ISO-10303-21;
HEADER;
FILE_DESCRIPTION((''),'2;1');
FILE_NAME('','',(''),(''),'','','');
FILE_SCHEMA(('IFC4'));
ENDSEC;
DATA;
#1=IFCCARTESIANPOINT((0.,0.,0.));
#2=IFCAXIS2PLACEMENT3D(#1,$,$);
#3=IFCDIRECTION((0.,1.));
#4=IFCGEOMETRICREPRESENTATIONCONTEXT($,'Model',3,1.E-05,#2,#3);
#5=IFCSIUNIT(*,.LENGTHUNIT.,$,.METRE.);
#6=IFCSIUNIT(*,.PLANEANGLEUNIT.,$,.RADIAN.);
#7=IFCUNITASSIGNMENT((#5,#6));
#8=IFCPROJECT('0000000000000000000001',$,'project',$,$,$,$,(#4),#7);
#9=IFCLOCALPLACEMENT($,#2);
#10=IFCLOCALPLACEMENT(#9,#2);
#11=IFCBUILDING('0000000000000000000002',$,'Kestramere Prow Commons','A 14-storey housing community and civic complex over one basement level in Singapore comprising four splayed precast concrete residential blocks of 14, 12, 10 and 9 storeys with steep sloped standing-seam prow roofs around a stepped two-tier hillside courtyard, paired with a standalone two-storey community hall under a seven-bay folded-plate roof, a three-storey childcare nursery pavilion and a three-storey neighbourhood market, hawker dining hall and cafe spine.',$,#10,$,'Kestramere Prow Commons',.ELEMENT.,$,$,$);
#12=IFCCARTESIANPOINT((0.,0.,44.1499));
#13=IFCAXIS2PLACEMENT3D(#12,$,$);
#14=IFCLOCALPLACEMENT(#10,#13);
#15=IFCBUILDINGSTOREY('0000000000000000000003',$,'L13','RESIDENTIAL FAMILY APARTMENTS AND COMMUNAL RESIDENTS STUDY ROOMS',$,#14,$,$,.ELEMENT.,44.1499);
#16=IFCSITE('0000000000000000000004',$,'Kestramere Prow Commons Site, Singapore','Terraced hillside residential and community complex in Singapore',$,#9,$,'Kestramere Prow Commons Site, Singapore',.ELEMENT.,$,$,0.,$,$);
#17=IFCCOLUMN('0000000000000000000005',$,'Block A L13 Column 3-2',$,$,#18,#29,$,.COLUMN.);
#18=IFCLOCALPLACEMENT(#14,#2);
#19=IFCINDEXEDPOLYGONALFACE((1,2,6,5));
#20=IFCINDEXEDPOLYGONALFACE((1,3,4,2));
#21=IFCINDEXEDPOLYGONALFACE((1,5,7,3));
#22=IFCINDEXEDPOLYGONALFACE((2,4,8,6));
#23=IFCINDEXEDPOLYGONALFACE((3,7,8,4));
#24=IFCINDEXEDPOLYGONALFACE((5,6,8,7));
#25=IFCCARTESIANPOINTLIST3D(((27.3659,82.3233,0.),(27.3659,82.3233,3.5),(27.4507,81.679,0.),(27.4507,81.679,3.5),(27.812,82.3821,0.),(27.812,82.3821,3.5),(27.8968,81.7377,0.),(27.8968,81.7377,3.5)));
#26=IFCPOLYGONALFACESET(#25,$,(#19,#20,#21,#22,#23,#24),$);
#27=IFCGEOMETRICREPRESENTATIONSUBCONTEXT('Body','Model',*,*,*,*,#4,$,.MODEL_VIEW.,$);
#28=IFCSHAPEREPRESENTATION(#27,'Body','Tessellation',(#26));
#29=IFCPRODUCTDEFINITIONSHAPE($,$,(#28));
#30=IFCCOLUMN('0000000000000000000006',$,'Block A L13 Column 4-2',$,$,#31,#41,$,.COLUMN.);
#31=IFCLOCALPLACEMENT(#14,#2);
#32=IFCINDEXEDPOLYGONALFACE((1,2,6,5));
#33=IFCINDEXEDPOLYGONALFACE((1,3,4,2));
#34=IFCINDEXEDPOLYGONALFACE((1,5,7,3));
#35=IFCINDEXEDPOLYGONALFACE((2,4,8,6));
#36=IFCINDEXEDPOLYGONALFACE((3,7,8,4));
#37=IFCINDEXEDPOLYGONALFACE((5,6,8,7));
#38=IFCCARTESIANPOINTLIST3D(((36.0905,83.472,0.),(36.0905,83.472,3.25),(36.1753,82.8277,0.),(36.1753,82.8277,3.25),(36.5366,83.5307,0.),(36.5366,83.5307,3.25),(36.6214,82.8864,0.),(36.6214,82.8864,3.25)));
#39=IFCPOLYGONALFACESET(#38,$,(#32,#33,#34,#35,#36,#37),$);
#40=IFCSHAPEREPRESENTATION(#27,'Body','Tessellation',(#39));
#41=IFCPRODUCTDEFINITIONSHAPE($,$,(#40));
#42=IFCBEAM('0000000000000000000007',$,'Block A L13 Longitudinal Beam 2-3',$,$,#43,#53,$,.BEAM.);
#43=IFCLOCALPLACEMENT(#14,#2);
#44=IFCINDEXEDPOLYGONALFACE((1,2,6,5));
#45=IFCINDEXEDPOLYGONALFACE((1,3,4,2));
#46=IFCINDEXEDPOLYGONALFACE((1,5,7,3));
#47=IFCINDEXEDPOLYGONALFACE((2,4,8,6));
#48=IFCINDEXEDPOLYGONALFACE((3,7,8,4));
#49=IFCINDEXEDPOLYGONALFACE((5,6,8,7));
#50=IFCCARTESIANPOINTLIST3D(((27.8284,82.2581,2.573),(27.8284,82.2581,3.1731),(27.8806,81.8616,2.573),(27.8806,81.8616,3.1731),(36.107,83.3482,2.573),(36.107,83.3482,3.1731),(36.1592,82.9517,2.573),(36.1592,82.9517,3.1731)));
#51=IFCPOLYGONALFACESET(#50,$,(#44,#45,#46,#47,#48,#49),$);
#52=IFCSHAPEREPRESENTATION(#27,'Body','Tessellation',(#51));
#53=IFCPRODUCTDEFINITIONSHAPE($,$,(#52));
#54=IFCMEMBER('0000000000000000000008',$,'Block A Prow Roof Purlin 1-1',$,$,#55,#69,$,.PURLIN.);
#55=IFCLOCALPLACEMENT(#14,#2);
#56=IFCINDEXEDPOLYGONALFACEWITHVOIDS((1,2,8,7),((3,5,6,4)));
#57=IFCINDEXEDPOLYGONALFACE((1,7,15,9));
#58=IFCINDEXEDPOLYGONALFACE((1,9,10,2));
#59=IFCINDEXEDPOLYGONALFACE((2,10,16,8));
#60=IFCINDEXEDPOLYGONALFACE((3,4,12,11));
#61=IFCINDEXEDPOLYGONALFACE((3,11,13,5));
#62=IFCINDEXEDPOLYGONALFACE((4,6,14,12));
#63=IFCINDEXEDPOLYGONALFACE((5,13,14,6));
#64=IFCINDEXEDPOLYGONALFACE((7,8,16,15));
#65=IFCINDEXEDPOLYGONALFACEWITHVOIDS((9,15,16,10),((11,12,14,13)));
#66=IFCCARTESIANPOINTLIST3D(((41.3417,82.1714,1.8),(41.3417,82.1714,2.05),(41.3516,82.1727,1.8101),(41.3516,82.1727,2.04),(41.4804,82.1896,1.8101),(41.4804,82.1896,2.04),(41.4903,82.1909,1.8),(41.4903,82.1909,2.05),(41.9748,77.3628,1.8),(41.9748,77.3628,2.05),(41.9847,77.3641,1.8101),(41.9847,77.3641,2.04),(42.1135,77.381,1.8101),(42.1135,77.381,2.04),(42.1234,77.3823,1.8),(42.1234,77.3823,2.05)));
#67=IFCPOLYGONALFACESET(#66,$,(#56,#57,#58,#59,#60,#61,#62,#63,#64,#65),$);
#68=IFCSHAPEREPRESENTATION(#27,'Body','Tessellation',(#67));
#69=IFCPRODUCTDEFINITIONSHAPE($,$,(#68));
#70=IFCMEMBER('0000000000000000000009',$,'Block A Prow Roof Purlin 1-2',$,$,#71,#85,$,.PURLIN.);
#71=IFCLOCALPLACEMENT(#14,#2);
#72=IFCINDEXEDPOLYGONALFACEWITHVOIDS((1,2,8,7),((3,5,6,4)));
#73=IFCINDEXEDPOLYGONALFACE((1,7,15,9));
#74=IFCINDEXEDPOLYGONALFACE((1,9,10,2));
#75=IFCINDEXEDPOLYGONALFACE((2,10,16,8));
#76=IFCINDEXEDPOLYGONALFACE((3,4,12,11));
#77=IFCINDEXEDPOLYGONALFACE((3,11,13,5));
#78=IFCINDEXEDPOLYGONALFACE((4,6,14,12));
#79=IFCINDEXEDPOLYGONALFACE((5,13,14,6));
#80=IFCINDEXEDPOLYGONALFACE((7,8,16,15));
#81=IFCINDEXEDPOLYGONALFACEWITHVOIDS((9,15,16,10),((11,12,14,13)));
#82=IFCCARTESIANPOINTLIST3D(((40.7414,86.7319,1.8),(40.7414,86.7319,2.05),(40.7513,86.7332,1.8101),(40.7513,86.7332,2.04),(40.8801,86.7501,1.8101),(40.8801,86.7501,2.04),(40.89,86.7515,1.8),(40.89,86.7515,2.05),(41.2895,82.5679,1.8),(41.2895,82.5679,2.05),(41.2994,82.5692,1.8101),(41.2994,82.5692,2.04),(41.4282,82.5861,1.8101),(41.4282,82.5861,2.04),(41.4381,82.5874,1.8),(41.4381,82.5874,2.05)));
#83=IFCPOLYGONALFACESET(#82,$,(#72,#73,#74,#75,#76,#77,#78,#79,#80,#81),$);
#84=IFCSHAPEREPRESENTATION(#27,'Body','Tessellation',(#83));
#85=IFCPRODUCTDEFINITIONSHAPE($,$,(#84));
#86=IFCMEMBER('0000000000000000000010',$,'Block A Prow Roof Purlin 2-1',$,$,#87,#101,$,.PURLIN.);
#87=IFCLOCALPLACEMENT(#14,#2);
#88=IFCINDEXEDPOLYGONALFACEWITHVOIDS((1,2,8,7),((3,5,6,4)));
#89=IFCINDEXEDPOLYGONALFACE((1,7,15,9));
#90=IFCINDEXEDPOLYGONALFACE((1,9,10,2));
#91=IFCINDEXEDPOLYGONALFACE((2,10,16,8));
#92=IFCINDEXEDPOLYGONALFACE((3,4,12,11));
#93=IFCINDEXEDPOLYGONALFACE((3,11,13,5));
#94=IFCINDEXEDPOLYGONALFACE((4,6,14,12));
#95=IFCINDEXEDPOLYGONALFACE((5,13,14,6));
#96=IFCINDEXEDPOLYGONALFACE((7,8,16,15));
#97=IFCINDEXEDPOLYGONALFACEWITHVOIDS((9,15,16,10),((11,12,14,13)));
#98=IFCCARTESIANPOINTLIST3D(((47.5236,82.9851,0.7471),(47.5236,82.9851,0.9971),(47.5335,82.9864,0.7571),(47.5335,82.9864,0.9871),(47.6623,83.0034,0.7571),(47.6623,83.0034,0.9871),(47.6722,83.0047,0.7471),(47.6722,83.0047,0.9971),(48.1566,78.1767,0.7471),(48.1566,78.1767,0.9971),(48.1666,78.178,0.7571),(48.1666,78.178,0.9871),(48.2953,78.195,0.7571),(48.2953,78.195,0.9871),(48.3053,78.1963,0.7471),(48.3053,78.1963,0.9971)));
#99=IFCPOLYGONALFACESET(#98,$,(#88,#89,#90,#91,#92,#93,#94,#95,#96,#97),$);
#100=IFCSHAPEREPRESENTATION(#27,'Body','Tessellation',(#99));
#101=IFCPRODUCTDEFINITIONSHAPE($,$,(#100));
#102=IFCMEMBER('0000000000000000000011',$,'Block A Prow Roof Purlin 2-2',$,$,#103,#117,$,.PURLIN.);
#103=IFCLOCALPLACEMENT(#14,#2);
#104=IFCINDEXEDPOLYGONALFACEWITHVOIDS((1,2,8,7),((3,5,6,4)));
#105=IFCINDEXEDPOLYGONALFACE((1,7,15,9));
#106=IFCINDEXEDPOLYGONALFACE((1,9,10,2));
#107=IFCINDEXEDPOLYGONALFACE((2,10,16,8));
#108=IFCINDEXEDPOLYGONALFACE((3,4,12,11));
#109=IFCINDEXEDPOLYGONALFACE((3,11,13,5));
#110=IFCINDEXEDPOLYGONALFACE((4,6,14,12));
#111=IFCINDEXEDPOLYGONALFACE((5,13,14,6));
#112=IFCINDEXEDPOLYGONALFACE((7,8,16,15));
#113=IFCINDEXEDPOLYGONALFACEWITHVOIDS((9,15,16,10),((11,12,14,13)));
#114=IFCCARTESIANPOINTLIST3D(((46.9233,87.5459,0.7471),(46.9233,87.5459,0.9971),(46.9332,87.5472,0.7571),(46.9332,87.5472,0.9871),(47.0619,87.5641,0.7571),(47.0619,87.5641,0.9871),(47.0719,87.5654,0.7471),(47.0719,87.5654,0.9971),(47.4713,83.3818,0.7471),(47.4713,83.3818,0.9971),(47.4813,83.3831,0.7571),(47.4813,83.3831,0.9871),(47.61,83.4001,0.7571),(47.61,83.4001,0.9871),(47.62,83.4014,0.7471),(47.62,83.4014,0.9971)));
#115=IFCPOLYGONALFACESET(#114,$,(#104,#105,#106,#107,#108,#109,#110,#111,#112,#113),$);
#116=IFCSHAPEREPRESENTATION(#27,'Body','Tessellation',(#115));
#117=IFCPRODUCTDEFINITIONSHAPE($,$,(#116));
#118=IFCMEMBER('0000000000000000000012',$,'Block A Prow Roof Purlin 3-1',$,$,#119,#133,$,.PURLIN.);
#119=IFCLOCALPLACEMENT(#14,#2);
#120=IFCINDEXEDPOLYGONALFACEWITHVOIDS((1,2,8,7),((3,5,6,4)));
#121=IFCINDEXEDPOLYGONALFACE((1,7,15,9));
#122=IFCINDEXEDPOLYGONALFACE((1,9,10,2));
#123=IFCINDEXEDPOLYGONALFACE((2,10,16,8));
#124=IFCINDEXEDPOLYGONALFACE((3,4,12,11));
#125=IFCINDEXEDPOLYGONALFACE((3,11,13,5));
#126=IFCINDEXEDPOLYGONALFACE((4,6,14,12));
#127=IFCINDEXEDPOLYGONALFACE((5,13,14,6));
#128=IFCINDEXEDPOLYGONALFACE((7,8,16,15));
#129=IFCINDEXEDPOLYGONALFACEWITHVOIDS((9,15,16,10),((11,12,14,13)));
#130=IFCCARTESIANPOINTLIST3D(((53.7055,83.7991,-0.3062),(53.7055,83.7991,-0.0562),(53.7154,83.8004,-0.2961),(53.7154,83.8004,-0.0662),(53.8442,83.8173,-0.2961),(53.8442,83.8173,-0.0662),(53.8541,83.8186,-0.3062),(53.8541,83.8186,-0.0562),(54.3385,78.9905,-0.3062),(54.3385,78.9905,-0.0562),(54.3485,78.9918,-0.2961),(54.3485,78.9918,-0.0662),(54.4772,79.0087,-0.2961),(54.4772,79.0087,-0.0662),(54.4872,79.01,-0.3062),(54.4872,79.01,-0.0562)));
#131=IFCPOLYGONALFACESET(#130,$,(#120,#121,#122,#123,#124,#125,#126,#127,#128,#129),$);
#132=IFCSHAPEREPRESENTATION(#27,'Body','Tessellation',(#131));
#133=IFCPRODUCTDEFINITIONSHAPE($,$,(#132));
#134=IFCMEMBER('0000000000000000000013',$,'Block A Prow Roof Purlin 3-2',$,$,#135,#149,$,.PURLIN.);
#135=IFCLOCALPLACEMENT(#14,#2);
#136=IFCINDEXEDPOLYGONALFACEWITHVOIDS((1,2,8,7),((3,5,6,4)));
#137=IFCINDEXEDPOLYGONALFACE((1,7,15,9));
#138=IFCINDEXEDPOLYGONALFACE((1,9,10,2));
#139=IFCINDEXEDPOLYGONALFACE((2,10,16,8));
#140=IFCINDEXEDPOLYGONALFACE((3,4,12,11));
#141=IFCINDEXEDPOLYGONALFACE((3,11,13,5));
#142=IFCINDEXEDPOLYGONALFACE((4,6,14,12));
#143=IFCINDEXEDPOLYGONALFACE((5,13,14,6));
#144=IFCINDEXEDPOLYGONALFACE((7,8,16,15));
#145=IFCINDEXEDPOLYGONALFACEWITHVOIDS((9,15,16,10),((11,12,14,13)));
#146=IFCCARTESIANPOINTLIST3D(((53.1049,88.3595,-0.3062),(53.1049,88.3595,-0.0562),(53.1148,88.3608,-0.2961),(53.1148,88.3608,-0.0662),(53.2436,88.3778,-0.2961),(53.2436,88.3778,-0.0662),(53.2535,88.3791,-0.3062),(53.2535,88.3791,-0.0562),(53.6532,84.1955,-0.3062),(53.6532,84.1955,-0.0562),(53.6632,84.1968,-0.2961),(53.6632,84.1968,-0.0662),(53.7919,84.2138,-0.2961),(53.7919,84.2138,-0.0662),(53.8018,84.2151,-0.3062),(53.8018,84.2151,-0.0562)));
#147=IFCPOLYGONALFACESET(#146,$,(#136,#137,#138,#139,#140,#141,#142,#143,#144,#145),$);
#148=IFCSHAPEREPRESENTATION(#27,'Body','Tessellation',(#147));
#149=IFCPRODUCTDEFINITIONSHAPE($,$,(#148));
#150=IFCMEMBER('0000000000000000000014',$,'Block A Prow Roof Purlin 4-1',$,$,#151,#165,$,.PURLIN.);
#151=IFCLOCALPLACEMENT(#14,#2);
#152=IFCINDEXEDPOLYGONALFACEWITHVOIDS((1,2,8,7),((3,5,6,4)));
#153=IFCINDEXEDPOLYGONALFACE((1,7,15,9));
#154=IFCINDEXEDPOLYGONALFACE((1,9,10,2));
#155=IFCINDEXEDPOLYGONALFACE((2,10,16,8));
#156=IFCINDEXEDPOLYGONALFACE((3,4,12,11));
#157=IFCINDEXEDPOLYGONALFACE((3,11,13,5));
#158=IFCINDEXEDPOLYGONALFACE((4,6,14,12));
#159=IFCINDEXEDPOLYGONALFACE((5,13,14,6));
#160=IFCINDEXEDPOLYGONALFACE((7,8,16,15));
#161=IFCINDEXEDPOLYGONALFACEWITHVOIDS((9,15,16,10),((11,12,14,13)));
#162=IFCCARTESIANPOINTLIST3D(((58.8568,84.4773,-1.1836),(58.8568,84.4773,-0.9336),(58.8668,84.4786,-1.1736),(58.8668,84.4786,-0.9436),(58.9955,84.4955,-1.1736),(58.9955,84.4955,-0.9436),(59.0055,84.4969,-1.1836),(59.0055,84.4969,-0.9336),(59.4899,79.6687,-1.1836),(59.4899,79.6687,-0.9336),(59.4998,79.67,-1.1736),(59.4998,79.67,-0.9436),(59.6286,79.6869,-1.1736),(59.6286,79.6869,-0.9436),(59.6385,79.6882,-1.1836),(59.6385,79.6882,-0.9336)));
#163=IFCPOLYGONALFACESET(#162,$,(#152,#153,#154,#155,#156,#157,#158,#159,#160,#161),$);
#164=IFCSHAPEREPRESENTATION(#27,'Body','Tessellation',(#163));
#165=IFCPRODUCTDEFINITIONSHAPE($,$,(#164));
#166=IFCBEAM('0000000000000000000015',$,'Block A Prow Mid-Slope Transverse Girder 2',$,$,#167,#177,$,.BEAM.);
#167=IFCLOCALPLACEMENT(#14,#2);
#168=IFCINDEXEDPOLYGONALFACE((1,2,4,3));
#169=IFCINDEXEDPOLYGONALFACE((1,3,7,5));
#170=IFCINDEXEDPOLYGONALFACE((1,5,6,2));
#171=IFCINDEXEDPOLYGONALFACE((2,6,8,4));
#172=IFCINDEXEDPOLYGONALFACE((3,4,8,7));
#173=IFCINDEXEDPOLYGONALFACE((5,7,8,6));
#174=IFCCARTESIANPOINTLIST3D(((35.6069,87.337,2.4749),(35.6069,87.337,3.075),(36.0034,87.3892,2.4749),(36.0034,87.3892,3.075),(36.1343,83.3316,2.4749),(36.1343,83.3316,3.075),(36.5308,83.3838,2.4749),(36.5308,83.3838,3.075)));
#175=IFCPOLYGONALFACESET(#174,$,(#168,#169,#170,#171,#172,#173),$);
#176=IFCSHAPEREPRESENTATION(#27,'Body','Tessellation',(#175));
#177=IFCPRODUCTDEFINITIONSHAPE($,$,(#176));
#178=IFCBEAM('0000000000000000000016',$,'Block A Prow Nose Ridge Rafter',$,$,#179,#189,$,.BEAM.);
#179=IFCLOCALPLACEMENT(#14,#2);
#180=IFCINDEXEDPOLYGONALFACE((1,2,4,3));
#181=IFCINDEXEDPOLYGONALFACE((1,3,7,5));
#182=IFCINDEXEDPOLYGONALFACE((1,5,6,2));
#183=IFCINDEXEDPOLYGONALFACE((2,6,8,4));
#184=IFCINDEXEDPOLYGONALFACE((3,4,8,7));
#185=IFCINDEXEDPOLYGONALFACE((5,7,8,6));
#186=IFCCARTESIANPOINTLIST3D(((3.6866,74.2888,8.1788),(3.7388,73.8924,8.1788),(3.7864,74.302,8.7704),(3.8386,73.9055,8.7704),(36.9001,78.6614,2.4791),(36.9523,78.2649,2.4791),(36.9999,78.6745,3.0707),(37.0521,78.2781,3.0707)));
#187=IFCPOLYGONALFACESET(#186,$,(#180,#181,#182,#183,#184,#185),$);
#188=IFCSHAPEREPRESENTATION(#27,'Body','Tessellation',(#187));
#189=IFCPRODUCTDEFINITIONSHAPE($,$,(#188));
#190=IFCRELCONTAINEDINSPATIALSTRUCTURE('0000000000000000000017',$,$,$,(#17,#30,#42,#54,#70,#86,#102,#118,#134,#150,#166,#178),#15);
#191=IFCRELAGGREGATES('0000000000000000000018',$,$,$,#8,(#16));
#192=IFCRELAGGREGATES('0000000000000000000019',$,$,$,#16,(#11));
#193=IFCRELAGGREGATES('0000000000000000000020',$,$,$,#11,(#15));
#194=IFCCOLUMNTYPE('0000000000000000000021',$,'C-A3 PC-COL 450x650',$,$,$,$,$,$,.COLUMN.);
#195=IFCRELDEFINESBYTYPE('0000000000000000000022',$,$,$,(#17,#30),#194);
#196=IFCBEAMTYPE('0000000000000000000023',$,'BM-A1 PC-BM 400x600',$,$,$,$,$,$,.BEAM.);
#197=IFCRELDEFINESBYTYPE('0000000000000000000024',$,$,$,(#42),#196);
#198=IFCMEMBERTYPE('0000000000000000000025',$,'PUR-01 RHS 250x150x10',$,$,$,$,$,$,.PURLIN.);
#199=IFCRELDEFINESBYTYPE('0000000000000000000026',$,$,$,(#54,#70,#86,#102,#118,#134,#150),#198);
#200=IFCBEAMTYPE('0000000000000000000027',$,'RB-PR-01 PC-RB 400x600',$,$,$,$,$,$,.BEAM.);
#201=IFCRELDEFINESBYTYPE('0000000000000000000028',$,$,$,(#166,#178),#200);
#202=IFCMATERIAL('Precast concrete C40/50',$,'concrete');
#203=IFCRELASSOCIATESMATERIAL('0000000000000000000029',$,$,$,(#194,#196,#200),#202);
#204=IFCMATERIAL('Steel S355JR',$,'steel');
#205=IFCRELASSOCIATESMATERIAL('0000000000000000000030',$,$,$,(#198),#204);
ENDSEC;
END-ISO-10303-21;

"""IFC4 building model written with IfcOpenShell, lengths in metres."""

from ifc_helpers import new_model, si_unit, direction, frame, origin, origin_2d, place, context, subcontext, project, spatial, rectangle, hollow_rectangle, extrude, material, material_profile, profile_set, type_object, element, save


model = new_model("IFC4")

# Units and contexts
model_context = context("Model", 3, precision=1e-05, world=origin(), true_north=direction((0.0, 1.0)))
body_context = subcontext(model_context, "Body", "Model", "MODEL_VIEW")
ifc_project = project(units=[si_unit("LENGTHUNIT", "METRE"), si_unit("PLANEANGLEUNIT", "RADIAN")], contexts=[model_context])

# Site, building, storey
site_placement = place(None, origin())
site = spatial("IfcSite", under=ifc_project, at=site_placement, Name="Kestramere Prow Commons Site, Singapore", Description="Terraced hillside residential and community complex in Singapore", LongName="Kestramere Prow Commons Site, Singapore", CompositionType="ELEMENT", RefElevation=0.0)
building_placement = place(site_placement, origin())
building = spatial("IfcBuilding", under=site, at=building_placement, Name="Kestramere Prow Commons", Description="A 14-storey housing community and civic complex over one basement level in Singapore comprising four splayed precast concrete residential blocks of 14, 12, 10 and 9 storeys with steep sloped standing-seam prow roofs around a stepped two-tier hillside courtyard, paired with a standalone two-storey community hall under a seven-bay folded-plate roof, a three-storey childcare nursery pavilion and a three-storey neighbourhood market, hawker dining hall and cafe spine.", LongName="Kestramere Prow Commons", CompositionType="ELEMENT")
storey_placement = place(building_placement, frame((0.0, 0.0, 44.1499)))
storey = spatial("IfcBuildingStorey", under=building, at=storey_placement, Name="L13", Description="RESIDENTIAL FAMILY APARTMENTS AND COMMUNAL RESIDENTS STUDY ROOMS", CompositionType="ELEMENT", Elevation=44.1499)

# Columns
ifc_material_1 = material(Name="Precast concrete C40/50", Category="concrete")
ifc_material_profile_1 = material_profile(ifc_material_1, rectangle(XDim=0.45, YDim=0.6499, at=origin_2d()), Name="PC-COL 450x650")
ifc_profile_set_1 = profile_set([ifc_material_profile_1], Name="Precast concrete C40/50")
column_type = type_object("IfcColumnType", Name="C-A3 PC-COL 450x650", PredefinedType="COLUMN", material=ifc_profile_set_1)
column_1_placement = place(storey_placement, frame((27.6313, 82.0305, 0.0), z_axis=(0.0, 0.0, 1.0), x_axis=(0.991445, 0.130526, 0.0)))
element("IfcColumn", 1, at=column_1_placement, inside=storey, type_object=column_type, Name="Block A L13 Column 3-2", PredefinedType="COLUMN", context=body_context, shape_type="SweptSolid", body=[
    extrude(rectangle(XDim=0.45, YDim=0.6499, at=origin_2d()), origin(), (0.0, 0.0, 1.0), 3.5),
])
column_2_placement = place(storey_placement, frame((36.356, 83.1792, 0.0), z_axis=(0.0, 0.0, 1.0), x_axis=(0.991445, 0.130526, 0.0)))
element("IfcColumn", 2, at=column_2_placement, inside=storey, type_object=column_type, Name="Block A L13 Column 4-2", PredefinedType="COLUMN", context=body_context, shape_type="SweptSolid", body=[
    extrude(rectangle(XDim=0.45, YDim=0.6499, at=origin_2d()), origin(), (0.0, 0.0, 1.0), 3.25),
])

# Beam
ifc_material_profile_2 = material_profile(ifc_material_1, rectangle(XDim=0.3999, YDim=0.6001, at=origin_2d()), Name="PC-BM 400x600")
ifc_profile_set_2 = profile_set([ifc_material_profile_2], Name="Precast concrete C40/50")
beam_type_1 = type_object("IfcBeamType", Name="BM-A1 PC-BM 400x600", PredefinedType="BEAM", material=ifc_profile_set_2)
beam_1_placement = place(storey_placement, frame((27.8545, 82.0598, 2.873), z_axis=(0.991442, 0.130549, 0.0), x_axis=(-0.130549, 0.991442, 0.0)))
element("IfcBeam", 3, at=beam_1_placement, inside=storey, type_object=beam_type_1, Name="Block A L13 Longitudinal Beam 2-3", PredefinedType="BEAM", context=body_context, shape_type="SweptSolid", body=[
    extrude(rectangle(XDim=0.3999, YDim=0.6001, at=origin_2d()), origin(), (0.0, 0.0, 1.0), 8.3501),
])

# Members
ifc_material_2 = material(Name="Steel S355JR", Category="steel")
ifc_material_profile_3 = material_profile(ifc_material_2, hollow_rectangle(XDim=0.1499, YDim=0.25, WallThickness=0.01, at=origin_2d()), Name="RHS 250x150x10")
ifc_profile_set_3 = profile_set([ifc_material_profile_3], Name="Steel S355JR")
member_type = type_object("IfcMemberType", Name="PUR-01 RHS 250x150x10", PredefinedType="PURLIN", material=ifc_profile_set_3)
member_1_placement = place(storey_placement, frame((42.0491, 77.3726, 1.925), z_axis=(-0.130525, 0.991445, 0.0), x_axis=(-0.991445, -0.130525, 0.0)))
element("IfcMember", 4, at=member_1_placement, inside=storey, type_object=member_type, Name="Block A Prow Roof Purlin 1-1", PredefinedType="PURLIN", context=body_context, shape_type="SweptSolid", body=[
    extrude(hollow_rectangle(XDim=0.1499, YDim=0.25, WallThickness=0.01, at=origin_2d()), origin(), (0.0, 0.0, 1.0), 4.8501),
])
member_2_placement = place(storey_placement, frame((41.3638, 82.5776, 1.925), z_axis=(-0.1305, 0.991448, 0.0), x_axis=(-0.991448, -0.1305, 0.0)))
element("IfcMember", 5, at=member_2_placement, inside=storey, type_object=member_type, Name="Block A Prow Roof Purlin 1-2", PredefinedType="PURLIN", context=body_context, shape_type="SweptSolid", body=[
    extrude(hollow_rectangle(XDim=0.1499, YDim=0.25, WallThickness=0.01, at=origin_2d()), origin(), (0.0, 0.0, 1.0), 4.2),
])
member_3_placement = place(storey_placement, frame((48.231, 78.1865, 0.8721), z_axis=(-0.130531, 0.991444, 0.0), x_axis=(-0.991444, -0.130531, 0.0)))
element("IfcMember", 6, at=member_3_placement, inside=storey, type_object=member_type, Name="Block A Prow Roof Purlin 2-1", PredefinedType="PURLIN", context=body_context, shape_type="SweptSolid", body=[
    extrude(hollow_rectangle(XDim=0.1499, YDim=0.25, WallThickness=0.01, at=origin_2d()), origin(), (0.0, 0.0, 1.0), 4.8499),
])
member_4_placement = place(storey_placement, frame((47.5457, 83.3916, 0.8721), z_axis=(-0.1305, 0.991448, 0.0), x_axis=(-0.991448, -0.1305, 0.0)))
element("IfcMember", 7, at=member_4_placement, inside=storey, type_object=member_type, Name="Block A Prow Roof Purlin 2-2", PredefinedType="PURLIN", context=body_context, shape_type="SweptSolid", body=[
    extrude(hollow_rectangle(XDim=0.1499, YDim=0.25, WallThickness=0.01, at=origin_2d()), origin(), (0.0, 0.0, 1.0), 4.2),
])
member_5_placement = place(storey_placement, frame((54.4128, 79.0002, -0.1812), z_axis=(-0.130525, 0.991445, 0.0), x_axis=(-0.991445, -0.130525, 0.0)))
element("IfcMember", 8, at=member_5_placement, inside=storey, type_object=member_type, Name="Block A Prow Roof Purlin 3-1", PredefinedType="PURLIN", context=body_context, shape_type="SweptSolid", body=[
    extrude(hollow_rectangle(XDim=0.1499, YDim=0.25, WallThickness=0.01, at=origin_2d()), origin(), (0.0, 0.0, 1.0), 4.8501),
])
member_6_placement = place(storey_placement, frame((53.7275, 84.2053, -0.1812), z_axis=(-0.130557, 0.991441, 0.0), x_axis=(-0.991441, -0.130557, 0.0)))
element("IfcMember", 9, at=member_6_placement, inside=storey, type_object=member_type, Name="Block A Prow Roof Purlin 3-2", PredefinedType="PURLIN", context=body_context, shape_type="SweptSolid", body=[
    extrude(hollow_rectangle(XDim=0.1499, YDim=0.25, WallThickness=0.01, at=origin_2d()), origin(), (0.0, 0.0, 1.0), 4.2),
])
member_7_placement = place(storey_placement, frame((59.5642, 79.6785, -1.0586), z_axis=(-0.130525, 0.991445, 0.0), x_axis=(-0.991445, -0.130525, 0.0)))
element("IfcMember", 10, at=member_7_placement, inside=storey, type_object=member_type, Name="Block A Prow Roof Purlin 4-1", PredefinedType="PURLIN", context=body_context, shape_type="SweptSolid", body=[
    extrude(hollow_rectangle(XDim=0.1499, YDim=0.25, WallThickness=0.01, at=origin_2d()), origin(), (0.0, 0.0, 1.0), 4.8501),
])

# Beams
ifc_material_profile_4 = material_profile(ifc_material_1, rectangle(XDim=0.3999, YDim=0.6001, at=origin_2d()), Name="PC-RB 400x600")
ifc_profile_set_4 = profile_set([ifc_material_profile_4], Name="Precast concrete C40/50")
beam_type_2 = type_object("IfcBeamType", Name="RB-PR-01 PC-RB 400x600", PredefinedType="BEAM", material=ifc_profile_set_4)
beam_2_placement = place(storey_placement, frame((36.3325, 83.3577, 2.7749), z_axis=(-0.130533, 0.991444, 0.0), x_axis=(-0.991444, -0.130533, 0.0)))
element("IfcBeam", 11, at=beam_2_placement, inside=storey, type_object=beam_type_2, Name="Block A Prow Mid-Slope Transverse Girder 2", PredefinedType="BEAM", context=body_context, shape_type="SweptSolid", body=[
    extrude(rectangle(XDim=0.3999, YDim=0.6001, at=origin_2d()), origin(), (0.0, 0.0, 1.0), 4.04),
])
beam_3_placement = place(storey_placement, frame((36.9761, 78.4697, 2.7749), z_axis=(-0.977399, -0.128675, 0.16773), x_axis=(0.130524, -0.991445, 0.0)))
element("IfcBeam", 12, at=beam_3_placement, inside=storey, type_object=beam_type_2, Name="Block A Prow Nose Ridge Rafter", PredefinedType="BEAM", context=body_context, shape_type="SweptSolid", body=[
    extrude(rectangle(XDim=0.3999, YDim=0.6001, at=origin_2d()), origin(), (0.0, 0.0, 1.0), 33.9814),
])

save(model, "model.ifc")
